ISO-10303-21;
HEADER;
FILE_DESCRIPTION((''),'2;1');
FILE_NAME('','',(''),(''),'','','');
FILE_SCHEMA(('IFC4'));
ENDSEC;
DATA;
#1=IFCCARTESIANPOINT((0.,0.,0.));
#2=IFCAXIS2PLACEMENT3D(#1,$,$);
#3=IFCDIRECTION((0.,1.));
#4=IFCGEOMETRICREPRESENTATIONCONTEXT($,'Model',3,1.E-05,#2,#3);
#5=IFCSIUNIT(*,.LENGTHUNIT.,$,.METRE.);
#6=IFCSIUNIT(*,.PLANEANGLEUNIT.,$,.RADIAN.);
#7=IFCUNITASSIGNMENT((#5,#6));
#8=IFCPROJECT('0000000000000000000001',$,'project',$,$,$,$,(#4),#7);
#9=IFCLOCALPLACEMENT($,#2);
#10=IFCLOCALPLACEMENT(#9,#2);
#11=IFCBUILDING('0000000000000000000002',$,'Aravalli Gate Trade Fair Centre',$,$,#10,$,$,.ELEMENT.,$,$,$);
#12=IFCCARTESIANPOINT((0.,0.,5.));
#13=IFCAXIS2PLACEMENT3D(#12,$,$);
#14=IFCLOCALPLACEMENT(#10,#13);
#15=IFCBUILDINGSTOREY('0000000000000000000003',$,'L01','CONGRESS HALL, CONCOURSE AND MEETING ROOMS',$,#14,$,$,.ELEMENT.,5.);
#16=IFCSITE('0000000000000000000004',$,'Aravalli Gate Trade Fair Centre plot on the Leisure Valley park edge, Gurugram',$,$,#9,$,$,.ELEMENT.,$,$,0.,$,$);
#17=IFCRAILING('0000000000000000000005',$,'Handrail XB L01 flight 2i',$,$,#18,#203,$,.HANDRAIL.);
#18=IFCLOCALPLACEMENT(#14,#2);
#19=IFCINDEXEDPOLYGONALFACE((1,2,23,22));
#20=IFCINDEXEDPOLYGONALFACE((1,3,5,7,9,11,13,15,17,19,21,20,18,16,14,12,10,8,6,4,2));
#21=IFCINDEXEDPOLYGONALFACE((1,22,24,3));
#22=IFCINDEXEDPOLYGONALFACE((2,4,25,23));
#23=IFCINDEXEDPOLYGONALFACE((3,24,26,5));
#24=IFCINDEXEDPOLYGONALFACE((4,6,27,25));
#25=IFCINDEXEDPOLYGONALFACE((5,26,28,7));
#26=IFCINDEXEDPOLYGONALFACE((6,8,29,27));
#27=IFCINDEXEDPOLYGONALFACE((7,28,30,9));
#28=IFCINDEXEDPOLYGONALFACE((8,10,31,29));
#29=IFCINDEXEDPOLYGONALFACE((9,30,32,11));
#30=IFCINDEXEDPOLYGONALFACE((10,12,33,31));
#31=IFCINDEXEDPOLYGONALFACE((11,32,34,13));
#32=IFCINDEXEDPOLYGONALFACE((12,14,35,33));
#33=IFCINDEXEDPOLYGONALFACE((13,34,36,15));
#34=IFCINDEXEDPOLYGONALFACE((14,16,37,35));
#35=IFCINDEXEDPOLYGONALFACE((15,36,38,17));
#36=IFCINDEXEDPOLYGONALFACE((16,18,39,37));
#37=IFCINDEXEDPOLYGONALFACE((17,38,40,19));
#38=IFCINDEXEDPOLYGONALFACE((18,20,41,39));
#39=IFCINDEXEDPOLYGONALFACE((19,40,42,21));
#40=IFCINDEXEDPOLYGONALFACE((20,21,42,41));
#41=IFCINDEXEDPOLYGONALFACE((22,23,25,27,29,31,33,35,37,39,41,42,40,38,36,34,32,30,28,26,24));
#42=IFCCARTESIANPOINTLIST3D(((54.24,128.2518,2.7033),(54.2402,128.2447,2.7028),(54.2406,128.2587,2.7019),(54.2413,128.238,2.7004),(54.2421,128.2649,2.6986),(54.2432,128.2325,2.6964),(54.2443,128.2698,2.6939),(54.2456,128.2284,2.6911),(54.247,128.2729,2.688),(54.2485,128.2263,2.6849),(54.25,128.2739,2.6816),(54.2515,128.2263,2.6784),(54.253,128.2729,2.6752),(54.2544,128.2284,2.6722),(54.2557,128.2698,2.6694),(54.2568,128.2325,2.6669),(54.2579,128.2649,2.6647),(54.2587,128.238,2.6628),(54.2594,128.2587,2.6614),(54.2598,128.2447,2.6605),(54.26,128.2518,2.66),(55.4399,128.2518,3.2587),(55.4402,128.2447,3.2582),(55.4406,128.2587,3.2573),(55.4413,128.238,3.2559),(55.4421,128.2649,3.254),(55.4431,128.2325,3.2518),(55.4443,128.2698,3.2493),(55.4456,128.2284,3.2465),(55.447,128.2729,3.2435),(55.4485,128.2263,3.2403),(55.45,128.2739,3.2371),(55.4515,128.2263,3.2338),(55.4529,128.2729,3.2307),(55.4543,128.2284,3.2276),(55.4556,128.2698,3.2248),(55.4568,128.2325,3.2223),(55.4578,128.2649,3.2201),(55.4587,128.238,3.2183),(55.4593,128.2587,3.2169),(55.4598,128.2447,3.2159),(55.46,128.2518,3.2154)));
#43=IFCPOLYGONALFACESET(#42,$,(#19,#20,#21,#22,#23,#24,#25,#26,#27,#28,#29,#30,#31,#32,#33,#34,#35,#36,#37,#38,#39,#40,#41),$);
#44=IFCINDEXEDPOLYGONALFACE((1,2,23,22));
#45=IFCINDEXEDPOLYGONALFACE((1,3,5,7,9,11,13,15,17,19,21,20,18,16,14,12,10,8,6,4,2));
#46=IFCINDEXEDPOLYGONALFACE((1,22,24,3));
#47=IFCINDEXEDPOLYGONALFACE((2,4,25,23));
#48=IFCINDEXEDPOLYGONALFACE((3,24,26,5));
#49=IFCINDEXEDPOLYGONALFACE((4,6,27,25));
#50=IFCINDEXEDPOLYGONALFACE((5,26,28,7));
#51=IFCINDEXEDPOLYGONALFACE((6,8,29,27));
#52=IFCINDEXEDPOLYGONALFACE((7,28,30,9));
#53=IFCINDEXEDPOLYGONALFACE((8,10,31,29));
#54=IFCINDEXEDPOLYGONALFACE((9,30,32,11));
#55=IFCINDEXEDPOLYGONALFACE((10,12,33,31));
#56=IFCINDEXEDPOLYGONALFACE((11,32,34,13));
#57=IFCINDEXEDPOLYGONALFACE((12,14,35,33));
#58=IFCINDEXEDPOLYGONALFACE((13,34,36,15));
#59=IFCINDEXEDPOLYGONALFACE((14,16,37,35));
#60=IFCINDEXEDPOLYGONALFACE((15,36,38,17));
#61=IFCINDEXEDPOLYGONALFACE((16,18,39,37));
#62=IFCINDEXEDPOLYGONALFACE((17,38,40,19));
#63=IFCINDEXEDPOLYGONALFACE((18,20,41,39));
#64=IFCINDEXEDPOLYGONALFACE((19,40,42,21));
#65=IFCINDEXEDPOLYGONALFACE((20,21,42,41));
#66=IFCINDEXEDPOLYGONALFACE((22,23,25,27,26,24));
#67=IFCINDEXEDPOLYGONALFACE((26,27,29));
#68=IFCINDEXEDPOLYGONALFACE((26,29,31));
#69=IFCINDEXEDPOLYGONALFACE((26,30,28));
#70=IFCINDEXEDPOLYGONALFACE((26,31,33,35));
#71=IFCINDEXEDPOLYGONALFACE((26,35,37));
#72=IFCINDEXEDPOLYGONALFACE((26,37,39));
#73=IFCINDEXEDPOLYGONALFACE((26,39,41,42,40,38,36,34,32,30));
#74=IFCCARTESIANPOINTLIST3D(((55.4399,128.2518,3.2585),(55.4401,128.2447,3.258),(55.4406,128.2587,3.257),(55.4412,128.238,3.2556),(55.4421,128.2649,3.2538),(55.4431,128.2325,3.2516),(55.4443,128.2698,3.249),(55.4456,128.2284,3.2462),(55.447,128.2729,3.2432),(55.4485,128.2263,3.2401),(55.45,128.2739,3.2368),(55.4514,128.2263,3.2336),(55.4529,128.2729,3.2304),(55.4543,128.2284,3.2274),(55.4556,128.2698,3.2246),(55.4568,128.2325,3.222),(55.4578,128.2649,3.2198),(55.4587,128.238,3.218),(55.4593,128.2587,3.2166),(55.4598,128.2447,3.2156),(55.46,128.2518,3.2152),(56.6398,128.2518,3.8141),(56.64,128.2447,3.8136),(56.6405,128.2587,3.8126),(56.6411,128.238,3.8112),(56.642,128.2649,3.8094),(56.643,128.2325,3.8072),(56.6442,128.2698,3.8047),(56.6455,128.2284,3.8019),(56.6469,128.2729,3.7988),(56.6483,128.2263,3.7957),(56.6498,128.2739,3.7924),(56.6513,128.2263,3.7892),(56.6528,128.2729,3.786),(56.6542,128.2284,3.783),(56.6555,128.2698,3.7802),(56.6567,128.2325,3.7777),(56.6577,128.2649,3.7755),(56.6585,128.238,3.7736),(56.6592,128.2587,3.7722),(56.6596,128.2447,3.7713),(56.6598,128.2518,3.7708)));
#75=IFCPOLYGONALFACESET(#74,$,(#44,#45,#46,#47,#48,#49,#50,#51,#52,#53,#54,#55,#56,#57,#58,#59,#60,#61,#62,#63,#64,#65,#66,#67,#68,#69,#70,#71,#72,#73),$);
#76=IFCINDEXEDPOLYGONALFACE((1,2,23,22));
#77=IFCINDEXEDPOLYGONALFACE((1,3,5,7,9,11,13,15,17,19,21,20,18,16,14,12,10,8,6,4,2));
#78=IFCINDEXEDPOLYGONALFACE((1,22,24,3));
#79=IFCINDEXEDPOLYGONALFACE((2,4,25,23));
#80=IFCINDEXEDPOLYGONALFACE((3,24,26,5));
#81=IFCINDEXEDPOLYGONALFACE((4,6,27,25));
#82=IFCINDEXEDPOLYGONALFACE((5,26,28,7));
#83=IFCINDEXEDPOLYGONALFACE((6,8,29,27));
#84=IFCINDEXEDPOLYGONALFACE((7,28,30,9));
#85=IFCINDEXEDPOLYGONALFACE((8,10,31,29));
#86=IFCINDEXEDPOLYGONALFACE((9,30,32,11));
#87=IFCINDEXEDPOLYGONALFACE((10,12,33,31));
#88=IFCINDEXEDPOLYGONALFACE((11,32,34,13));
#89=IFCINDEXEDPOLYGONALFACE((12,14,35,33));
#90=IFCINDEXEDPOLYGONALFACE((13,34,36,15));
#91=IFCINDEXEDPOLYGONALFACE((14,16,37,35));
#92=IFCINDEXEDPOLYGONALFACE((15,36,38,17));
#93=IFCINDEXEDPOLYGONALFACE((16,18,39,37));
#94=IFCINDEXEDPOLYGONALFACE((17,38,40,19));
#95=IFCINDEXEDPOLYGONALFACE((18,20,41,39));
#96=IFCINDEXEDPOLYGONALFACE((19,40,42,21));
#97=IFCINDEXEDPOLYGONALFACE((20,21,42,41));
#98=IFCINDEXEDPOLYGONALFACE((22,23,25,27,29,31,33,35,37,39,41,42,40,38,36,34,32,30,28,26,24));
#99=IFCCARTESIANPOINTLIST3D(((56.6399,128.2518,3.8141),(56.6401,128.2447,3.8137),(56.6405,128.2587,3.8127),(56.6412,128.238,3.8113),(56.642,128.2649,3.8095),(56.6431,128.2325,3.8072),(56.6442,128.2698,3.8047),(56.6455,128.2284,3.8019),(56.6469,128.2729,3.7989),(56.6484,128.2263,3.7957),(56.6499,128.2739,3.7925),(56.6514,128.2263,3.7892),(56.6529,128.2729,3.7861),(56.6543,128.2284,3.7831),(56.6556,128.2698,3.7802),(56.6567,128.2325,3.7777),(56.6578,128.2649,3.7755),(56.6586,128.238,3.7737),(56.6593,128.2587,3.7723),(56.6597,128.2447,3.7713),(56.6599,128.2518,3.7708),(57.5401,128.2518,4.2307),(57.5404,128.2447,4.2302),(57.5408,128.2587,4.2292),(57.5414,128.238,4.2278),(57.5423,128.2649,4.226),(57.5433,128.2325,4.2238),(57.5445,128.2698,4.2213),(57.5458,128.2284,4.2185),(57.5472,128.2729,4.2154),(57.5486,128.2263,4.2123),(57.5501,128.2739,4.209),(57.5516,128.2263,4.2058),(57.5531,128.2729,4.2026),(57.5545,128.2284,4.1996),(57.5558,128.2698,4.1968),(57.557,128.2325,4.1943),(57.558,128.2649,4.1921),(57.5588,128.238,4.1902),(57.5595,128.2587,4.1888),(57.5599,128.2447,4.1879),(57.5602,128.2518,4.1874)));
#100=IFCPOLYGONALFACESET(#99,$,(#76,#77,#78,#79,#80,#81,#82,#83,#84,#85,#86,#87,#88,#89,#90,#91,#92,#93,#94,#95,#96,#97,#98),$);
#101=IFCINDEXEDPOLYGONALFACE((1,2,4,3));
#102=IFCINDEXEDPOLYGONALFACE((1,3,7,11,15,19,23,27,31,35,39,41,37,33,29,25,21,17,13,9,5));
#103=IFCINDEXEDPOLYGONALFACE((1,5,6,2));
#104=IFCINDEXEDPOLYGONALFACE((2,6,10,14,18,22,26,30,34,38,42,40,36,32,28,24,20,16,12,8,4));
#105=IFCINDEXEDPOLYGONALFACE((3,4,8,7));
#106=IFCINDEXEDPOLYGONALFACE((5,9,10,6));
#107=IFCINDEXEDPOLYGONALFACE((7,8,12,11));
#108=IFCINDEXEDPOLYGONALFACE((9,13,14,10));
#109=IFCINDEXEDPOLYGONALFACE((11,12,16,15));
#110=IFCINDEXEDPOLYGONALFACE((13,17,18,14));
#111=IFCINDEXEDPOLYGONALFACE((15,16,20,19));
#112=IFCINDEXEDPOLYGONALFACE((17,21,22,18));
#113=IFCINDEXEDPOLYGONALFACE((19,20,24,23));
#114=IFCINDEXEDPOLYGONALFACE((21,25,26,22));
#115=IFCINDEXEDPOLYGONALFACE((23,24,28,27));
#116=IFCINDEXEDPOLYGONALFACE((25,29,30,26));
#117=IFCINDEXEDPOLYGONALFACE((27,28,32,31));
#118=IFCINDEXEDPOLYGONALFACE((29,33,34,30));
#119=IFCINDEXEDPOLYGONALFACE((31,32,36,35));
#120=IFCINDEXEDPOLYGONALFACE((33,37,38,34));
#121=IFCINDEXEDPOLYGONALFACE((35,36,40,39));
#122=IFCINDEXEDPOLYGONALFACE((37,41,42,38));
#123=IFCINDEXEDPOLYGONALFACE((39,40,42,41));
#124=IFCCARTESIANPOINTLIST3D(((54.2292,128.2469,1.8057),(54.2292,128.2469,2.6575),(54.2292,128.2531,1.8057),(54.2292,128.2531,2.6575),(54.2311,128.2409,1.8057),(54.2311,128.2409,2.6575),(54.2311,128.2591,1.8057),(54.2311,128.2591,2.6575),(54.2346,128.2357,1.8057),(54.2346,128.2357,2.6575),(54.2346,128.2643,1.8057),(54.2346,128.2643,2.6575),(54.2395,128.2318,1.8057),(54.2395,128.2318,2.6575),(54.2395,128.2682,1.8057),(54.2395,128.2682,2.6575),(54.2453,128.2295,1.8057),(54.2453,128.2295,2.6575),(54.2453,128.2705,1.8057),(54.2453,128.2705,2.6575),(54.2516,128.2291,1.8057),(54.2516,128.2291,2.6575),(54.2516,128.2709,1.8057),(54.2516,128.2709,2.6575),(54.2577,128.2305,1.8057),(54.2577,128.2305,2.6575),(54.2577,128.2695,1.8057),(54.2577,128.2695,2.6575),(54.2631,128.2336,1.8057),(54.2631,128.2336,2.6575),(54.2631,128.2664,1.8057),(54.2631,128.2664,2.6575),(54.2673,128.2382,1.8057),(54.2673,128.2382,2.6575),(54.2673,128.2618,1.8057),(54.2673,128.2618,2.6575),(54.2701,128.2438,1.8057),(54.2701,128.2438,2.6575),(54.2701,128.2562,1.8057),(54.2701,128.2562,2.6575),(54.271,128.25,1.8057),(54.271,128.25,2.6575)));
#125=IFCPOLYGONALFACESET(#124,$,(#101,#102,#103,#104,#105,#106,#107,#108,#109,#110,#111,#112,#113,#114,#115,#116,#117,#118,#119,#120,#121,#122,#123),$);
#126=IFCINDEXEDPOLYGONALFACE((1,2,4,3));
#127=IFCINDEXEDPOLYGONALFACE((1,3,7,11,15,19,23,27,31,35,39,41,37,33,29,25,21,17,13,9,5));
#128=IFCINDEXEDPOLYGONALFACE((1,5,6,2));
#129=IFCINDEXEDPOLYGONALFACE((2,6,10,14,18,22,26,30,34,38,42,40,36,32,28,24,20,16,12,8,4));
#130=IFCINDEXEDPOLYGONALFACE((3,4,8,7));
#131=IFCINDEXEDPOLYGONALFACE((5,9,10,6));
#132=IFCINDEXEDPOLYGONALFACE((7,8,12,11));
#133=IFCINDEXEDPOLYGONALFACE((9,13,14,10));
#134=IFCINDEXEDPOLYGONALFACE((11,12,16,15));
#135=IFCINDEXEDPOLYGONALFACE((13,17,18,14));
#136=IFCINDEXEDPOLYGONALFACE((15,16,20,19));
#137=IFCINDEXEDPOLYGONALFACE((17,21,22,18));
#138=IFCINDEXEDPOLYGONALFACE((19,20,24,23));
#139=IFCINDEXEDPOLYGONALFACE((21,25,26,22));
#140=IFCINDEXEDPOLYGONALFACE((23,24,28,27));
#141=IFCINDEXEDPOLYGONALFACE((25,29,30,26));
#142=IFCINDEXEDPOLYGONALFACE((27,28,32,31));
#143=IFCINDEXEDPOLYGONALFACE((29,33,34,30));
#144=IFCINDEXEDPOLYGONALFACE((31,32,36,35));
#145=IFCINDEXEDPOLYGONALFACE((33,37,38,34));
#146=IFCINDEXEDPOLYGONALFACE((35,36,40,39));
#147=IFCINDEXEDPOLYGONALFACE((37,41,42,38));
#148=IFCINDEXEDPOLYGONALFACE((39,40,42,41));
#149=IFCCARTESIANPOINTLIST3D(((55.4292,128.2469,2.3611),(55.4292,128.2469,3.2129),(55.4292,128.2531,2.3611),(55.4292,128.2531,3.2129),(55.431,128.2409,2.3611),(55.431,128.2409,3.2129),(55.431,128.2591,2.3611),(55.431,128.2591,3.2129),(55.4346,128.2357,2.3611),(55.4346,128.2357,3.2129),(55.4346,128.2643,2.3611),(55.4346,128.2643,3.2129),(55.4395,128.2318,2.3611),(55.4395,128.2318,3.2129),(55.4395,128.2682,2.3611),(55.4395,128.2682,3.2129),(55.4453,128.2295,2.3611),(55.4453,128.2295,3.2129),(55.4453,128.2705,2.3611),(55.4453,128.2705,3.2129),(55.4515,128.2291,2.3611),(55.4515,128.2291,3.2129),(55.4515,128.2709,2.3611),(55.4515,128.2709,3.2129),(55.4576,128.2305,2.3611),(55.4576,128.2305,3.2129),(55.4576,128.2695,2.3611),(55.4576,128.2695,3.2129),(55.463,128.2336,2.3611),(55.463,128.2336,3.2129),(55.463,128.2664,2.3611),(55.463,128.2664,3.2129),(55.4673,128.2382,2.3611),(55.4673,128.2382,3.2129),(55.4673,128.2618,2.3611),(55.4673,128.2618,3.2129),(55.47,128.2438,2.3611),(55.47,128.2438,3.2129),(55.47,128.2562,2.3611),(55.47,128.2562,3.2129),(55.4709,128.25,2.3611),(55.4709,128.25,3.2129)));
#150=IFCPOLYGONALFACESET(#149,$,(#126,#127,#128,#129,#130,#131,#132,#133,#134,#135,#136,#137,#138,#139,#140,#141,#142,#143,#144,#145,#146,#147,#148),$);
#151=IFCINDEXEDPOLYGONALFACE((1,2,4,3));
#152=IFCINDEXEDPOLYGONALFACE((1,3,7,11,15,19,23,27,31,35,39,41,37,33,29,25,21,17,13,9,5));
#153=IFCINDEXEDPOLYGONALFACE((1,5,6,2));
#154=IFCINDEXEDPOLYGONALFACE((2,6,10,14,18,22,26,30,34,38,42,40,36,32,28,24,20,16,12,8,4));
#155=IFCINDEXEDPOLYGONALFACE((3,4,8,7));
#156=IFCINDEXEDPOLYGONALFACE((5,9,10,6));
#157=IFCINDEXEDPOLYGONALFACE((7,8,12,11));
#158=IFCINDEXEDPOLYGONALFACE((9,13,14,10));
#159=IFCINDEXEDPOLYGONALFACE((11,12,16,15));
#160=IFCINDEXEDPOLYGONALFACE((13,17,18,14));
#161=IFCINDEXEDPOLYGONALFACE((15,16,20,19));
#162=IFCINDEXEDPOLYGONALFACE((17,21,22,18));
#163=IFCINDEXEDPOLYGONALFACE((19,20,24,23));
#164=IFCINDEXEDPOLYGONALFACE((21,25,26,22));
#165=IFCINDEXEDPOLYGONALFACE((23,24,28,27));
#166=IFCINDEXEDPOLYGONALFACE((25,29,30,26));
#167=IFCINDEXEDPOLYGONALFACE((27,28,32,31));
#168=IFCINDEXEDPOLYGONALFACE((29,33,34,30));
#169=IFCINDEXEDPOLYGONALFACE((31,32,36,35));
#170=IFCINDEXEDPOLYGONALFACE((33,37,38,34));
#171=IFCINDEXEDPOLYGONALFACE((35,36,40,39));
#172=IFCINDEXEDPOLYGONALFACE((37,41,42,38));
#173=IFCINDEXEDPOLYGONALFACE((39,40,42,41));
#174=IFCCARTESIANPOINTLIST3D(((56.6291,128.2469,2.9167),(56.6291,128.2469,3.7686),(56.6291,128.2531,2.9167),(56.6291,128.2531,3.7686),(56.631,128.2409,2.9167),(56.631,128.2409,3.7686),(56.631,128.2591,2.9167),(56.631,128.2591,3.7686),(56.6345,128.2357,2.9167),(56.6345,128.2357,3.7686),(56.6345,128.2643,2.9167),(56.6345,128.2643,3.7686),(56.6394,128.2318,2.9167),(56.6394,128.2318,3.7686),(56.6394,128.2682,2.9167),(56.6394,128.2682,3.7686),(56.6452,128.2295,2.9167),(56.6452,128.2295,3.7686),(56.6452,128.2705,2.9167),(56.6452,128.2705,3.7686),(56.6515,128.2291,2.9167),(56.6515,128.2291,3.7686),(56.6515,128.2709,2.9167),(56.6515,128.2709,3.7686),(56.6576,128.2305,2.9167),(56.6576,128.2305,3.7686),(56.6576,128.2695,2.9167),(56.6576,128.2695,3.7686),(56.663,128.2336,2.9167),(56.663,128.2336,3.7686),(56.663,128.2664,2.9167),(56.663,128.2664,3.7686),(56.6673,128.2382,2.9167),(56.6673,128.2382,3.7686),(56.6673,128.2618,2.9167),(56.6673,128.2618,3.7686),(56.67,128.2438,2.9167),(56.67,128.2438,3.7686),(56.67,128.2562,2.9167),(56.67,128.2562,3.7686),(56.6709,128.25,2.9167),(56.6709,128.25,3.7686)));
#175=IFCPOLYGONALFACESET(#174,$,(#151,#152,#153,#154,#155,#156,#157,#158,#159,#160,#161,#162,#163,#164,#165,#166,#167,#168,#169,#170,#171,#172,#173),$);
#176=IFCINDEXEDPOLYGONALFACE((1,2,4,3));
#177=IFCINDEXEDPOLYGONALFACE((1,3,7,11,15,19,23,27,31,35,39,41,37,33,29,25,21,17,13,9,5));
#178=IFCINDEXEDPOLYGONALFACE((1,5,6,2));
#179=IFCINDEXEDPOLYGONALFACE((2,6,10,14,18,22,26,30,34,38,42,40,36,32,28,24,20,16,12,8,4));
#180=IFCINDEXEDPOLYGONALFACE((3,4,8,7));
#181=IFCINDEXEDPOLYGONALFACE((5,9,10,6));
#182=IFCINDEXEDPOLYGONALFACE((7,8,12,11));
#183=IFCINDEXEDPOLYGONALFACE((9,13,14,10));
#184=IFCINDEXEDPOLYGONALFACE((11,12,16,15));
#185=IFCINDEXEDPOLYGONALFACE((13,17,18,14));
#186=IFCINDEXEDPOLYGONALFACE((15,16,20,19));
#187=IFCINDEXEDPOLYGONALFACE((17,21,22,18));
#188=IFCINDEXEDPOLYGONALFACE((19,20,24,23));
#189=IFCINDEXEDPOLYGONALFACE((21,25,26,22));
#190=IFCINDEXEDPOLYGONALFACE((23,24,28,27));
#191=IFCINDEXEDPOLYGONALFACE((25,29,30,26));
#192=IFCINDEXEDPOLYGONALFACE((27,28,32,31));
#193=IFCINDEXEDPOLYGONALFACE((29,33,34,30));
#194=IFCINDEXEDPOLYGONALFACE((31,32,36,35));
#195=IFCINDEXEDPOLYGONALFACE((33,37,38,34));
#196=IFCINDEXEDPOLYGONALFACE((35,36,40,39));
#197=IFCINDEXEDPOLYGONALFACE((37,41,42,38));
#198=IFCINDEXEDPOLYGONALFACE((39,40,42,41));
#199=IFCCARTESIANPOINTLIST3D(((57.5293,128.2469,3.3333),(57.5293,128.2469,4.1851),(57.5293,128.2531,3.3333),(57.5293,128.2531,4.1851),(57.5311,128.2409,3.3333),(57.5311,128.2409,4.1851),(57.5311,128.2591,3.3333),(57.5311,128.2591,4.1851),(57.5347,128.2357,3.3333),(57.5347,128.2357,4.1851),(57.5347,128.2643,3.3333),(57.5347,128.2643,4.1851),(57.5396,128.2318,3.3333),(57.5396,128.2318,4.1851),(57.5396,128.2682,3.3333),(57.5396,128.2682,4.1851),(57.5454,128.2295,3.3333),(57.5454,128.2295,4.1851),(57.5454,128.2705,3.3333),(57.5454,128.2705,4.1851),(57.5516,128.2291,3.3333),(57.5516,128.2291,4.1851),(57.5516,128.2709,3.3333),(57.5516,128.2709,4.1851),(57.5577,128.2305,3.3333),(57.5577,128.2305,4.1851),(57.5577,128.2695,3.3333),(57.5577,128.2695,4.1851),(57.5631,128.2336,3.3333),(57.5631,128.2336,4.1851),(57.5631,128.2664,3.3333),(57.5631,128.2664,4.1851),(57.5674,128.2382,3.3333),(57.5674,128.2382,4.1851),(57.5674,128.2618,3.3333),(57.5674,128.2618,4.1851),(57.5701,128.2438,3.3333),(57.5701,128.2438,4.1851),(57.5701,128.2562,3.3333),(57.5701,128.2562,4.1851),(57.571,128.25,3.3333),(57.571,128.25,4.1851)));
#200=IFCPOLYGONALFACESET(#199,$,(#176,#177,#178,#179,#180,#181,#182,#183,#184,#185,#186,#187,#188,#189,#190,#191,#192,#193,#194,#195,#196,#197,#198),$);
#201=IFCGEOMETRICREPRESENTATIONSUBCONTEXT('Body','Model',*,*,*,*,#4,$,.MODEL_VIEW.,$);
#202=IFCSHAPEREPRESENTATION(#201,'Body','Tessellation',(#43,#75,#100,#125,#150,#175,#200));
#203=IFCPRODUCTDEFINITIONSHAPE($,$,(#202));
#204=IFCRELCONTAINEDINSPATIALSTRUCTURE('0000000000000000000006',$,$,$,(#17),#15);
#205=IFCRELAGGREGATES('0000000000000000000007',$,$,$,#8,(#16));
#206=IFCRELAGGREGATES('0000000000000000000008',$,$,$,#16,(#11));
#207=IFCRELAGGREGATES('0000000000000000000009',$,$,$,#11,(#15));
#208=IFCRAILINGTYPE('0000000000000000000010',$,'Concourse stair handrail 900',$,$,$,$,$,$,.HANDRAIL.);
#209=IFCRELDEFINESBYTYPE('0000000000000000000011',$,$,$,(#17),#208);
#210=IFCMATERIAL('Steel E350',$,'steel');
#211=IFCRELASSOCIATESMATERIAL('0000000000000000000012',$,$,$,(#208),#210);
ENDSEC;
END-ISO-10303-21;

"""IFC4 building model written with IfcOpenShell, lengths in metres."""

from ifc_helpers import new_model, si_unit, direction, frame, origin, origin_2d, place, context, subcontext, project, spatial, circle, extrude, material, type_object, element, save


model = new_model("IFC4")

# Units and contexts
model_context = context("Model", 3, precision=1e-05, world=origin(), true_north=direction((0.0, 1.0)))
body_context = subcontext(model_context, "Body", "Model", "MODEL_VIEW")
ifc_project = project(units=[si_unit("LENGTHUNIT", "METRE"), si_unit("PLANEANGLEUNIT", "RADIAN")], contexts=[model_context])

# Site, building, storey
site_placement = place(None, origin())
site = spatial("IfcSite", under=ifc_project, at=site_placement, Name="Aravalli Gate Trade Fair Centre plot on the Leisure Valley park edge, Gurugram", CompositionType="ELEMENT", RefElevation=0.0)
building_placement = place(site_placement, origin())
building = spatial("IfcBuilding", under=site, at=building_placement, Name="Aravalli Gate Trade Fair Centre", CompositionType="ELEMENT")
storey_placement = place(building_placement, frame((0.0, 0.0, 5.0)))
storey = spatial("IfcBuildingStorey", under=building, at=storey_placement, Name="L01", Description="CONGRESS HALL, CONCOURSE AND MEETING ROOMS", CompositionType="ELEMENT", Elevation=5.0)

# Shared definitions
ifc_material_1 = material(Name="Steel E350", Category="steel")

# Railing
railing_type = type_object("IfcRailingType", Name="Concourse stair handrail 900", PredefinedType="HANDRAIL", material=ifc_material_1)
for number, where, name in (
    (1, (54.25, 128.25, 1.8057), "Handrail XB L01 flight 2i"),
):
    element("IfcRailing", number, at=place(storey_placement, frame(where)), inside=storey, type_object=railing_type, Name=name, PredefinedType="HANDRAIL", context=body_context, shape_type="SweptSolid", body=[
        extrude(circle(Radius=0.0239, at=origin_2d()), frame((0.0, 0.0, 0.876), z_axis=(0.907499, 0.0, 0.420053), x_axis=(0.0, 1.0, 0.0)), (0.0, 0.0, 1.0), 1.3223),
        extrude(circle(Radius=0.0239, at=origin_2d()), frame((1.2, 0.0, 1.4312), z_axis=(0.907429, 0.0, 0.420205), x_axis=(0.0, 1.0, 0.0)), (0.0, 0.0, 1.0), 1.3223),
        extrude(circle(Radius=0.0239, at=origin_2d()), frame((2.3999, 0.0, 1.9868), z_axis=(0.907556, 0.0, 0.419932), x_axis=(0.0, 1.0, 0.0)), (0.0, 0.0, 1.0), 0.9919),
        extrude(circle(Radius=0.021, at=origin_2d()), origin(), (0.0, 0.0, 1.0), 0.8518),
        extrude(circle(Radius=0.021, at=origin_2d()), frame((1.2, 0.0, 0.5554)), (0.0, 0.0, 1.0), 0.8518),
        extrude(circle(Radius=0.021, at=origin_2d()), frame((2.3999, 0.0, 1.1111)), (0.0, 0.0, 1.0), 0.8518),
        extrude(circle(Radius=0.021, at=origin_2d()), frame((3.3, 0.0, 1.5276)), (0.0, 0.0, 1.0), 0.8518),
    ])

save(model, "model.ifc")
